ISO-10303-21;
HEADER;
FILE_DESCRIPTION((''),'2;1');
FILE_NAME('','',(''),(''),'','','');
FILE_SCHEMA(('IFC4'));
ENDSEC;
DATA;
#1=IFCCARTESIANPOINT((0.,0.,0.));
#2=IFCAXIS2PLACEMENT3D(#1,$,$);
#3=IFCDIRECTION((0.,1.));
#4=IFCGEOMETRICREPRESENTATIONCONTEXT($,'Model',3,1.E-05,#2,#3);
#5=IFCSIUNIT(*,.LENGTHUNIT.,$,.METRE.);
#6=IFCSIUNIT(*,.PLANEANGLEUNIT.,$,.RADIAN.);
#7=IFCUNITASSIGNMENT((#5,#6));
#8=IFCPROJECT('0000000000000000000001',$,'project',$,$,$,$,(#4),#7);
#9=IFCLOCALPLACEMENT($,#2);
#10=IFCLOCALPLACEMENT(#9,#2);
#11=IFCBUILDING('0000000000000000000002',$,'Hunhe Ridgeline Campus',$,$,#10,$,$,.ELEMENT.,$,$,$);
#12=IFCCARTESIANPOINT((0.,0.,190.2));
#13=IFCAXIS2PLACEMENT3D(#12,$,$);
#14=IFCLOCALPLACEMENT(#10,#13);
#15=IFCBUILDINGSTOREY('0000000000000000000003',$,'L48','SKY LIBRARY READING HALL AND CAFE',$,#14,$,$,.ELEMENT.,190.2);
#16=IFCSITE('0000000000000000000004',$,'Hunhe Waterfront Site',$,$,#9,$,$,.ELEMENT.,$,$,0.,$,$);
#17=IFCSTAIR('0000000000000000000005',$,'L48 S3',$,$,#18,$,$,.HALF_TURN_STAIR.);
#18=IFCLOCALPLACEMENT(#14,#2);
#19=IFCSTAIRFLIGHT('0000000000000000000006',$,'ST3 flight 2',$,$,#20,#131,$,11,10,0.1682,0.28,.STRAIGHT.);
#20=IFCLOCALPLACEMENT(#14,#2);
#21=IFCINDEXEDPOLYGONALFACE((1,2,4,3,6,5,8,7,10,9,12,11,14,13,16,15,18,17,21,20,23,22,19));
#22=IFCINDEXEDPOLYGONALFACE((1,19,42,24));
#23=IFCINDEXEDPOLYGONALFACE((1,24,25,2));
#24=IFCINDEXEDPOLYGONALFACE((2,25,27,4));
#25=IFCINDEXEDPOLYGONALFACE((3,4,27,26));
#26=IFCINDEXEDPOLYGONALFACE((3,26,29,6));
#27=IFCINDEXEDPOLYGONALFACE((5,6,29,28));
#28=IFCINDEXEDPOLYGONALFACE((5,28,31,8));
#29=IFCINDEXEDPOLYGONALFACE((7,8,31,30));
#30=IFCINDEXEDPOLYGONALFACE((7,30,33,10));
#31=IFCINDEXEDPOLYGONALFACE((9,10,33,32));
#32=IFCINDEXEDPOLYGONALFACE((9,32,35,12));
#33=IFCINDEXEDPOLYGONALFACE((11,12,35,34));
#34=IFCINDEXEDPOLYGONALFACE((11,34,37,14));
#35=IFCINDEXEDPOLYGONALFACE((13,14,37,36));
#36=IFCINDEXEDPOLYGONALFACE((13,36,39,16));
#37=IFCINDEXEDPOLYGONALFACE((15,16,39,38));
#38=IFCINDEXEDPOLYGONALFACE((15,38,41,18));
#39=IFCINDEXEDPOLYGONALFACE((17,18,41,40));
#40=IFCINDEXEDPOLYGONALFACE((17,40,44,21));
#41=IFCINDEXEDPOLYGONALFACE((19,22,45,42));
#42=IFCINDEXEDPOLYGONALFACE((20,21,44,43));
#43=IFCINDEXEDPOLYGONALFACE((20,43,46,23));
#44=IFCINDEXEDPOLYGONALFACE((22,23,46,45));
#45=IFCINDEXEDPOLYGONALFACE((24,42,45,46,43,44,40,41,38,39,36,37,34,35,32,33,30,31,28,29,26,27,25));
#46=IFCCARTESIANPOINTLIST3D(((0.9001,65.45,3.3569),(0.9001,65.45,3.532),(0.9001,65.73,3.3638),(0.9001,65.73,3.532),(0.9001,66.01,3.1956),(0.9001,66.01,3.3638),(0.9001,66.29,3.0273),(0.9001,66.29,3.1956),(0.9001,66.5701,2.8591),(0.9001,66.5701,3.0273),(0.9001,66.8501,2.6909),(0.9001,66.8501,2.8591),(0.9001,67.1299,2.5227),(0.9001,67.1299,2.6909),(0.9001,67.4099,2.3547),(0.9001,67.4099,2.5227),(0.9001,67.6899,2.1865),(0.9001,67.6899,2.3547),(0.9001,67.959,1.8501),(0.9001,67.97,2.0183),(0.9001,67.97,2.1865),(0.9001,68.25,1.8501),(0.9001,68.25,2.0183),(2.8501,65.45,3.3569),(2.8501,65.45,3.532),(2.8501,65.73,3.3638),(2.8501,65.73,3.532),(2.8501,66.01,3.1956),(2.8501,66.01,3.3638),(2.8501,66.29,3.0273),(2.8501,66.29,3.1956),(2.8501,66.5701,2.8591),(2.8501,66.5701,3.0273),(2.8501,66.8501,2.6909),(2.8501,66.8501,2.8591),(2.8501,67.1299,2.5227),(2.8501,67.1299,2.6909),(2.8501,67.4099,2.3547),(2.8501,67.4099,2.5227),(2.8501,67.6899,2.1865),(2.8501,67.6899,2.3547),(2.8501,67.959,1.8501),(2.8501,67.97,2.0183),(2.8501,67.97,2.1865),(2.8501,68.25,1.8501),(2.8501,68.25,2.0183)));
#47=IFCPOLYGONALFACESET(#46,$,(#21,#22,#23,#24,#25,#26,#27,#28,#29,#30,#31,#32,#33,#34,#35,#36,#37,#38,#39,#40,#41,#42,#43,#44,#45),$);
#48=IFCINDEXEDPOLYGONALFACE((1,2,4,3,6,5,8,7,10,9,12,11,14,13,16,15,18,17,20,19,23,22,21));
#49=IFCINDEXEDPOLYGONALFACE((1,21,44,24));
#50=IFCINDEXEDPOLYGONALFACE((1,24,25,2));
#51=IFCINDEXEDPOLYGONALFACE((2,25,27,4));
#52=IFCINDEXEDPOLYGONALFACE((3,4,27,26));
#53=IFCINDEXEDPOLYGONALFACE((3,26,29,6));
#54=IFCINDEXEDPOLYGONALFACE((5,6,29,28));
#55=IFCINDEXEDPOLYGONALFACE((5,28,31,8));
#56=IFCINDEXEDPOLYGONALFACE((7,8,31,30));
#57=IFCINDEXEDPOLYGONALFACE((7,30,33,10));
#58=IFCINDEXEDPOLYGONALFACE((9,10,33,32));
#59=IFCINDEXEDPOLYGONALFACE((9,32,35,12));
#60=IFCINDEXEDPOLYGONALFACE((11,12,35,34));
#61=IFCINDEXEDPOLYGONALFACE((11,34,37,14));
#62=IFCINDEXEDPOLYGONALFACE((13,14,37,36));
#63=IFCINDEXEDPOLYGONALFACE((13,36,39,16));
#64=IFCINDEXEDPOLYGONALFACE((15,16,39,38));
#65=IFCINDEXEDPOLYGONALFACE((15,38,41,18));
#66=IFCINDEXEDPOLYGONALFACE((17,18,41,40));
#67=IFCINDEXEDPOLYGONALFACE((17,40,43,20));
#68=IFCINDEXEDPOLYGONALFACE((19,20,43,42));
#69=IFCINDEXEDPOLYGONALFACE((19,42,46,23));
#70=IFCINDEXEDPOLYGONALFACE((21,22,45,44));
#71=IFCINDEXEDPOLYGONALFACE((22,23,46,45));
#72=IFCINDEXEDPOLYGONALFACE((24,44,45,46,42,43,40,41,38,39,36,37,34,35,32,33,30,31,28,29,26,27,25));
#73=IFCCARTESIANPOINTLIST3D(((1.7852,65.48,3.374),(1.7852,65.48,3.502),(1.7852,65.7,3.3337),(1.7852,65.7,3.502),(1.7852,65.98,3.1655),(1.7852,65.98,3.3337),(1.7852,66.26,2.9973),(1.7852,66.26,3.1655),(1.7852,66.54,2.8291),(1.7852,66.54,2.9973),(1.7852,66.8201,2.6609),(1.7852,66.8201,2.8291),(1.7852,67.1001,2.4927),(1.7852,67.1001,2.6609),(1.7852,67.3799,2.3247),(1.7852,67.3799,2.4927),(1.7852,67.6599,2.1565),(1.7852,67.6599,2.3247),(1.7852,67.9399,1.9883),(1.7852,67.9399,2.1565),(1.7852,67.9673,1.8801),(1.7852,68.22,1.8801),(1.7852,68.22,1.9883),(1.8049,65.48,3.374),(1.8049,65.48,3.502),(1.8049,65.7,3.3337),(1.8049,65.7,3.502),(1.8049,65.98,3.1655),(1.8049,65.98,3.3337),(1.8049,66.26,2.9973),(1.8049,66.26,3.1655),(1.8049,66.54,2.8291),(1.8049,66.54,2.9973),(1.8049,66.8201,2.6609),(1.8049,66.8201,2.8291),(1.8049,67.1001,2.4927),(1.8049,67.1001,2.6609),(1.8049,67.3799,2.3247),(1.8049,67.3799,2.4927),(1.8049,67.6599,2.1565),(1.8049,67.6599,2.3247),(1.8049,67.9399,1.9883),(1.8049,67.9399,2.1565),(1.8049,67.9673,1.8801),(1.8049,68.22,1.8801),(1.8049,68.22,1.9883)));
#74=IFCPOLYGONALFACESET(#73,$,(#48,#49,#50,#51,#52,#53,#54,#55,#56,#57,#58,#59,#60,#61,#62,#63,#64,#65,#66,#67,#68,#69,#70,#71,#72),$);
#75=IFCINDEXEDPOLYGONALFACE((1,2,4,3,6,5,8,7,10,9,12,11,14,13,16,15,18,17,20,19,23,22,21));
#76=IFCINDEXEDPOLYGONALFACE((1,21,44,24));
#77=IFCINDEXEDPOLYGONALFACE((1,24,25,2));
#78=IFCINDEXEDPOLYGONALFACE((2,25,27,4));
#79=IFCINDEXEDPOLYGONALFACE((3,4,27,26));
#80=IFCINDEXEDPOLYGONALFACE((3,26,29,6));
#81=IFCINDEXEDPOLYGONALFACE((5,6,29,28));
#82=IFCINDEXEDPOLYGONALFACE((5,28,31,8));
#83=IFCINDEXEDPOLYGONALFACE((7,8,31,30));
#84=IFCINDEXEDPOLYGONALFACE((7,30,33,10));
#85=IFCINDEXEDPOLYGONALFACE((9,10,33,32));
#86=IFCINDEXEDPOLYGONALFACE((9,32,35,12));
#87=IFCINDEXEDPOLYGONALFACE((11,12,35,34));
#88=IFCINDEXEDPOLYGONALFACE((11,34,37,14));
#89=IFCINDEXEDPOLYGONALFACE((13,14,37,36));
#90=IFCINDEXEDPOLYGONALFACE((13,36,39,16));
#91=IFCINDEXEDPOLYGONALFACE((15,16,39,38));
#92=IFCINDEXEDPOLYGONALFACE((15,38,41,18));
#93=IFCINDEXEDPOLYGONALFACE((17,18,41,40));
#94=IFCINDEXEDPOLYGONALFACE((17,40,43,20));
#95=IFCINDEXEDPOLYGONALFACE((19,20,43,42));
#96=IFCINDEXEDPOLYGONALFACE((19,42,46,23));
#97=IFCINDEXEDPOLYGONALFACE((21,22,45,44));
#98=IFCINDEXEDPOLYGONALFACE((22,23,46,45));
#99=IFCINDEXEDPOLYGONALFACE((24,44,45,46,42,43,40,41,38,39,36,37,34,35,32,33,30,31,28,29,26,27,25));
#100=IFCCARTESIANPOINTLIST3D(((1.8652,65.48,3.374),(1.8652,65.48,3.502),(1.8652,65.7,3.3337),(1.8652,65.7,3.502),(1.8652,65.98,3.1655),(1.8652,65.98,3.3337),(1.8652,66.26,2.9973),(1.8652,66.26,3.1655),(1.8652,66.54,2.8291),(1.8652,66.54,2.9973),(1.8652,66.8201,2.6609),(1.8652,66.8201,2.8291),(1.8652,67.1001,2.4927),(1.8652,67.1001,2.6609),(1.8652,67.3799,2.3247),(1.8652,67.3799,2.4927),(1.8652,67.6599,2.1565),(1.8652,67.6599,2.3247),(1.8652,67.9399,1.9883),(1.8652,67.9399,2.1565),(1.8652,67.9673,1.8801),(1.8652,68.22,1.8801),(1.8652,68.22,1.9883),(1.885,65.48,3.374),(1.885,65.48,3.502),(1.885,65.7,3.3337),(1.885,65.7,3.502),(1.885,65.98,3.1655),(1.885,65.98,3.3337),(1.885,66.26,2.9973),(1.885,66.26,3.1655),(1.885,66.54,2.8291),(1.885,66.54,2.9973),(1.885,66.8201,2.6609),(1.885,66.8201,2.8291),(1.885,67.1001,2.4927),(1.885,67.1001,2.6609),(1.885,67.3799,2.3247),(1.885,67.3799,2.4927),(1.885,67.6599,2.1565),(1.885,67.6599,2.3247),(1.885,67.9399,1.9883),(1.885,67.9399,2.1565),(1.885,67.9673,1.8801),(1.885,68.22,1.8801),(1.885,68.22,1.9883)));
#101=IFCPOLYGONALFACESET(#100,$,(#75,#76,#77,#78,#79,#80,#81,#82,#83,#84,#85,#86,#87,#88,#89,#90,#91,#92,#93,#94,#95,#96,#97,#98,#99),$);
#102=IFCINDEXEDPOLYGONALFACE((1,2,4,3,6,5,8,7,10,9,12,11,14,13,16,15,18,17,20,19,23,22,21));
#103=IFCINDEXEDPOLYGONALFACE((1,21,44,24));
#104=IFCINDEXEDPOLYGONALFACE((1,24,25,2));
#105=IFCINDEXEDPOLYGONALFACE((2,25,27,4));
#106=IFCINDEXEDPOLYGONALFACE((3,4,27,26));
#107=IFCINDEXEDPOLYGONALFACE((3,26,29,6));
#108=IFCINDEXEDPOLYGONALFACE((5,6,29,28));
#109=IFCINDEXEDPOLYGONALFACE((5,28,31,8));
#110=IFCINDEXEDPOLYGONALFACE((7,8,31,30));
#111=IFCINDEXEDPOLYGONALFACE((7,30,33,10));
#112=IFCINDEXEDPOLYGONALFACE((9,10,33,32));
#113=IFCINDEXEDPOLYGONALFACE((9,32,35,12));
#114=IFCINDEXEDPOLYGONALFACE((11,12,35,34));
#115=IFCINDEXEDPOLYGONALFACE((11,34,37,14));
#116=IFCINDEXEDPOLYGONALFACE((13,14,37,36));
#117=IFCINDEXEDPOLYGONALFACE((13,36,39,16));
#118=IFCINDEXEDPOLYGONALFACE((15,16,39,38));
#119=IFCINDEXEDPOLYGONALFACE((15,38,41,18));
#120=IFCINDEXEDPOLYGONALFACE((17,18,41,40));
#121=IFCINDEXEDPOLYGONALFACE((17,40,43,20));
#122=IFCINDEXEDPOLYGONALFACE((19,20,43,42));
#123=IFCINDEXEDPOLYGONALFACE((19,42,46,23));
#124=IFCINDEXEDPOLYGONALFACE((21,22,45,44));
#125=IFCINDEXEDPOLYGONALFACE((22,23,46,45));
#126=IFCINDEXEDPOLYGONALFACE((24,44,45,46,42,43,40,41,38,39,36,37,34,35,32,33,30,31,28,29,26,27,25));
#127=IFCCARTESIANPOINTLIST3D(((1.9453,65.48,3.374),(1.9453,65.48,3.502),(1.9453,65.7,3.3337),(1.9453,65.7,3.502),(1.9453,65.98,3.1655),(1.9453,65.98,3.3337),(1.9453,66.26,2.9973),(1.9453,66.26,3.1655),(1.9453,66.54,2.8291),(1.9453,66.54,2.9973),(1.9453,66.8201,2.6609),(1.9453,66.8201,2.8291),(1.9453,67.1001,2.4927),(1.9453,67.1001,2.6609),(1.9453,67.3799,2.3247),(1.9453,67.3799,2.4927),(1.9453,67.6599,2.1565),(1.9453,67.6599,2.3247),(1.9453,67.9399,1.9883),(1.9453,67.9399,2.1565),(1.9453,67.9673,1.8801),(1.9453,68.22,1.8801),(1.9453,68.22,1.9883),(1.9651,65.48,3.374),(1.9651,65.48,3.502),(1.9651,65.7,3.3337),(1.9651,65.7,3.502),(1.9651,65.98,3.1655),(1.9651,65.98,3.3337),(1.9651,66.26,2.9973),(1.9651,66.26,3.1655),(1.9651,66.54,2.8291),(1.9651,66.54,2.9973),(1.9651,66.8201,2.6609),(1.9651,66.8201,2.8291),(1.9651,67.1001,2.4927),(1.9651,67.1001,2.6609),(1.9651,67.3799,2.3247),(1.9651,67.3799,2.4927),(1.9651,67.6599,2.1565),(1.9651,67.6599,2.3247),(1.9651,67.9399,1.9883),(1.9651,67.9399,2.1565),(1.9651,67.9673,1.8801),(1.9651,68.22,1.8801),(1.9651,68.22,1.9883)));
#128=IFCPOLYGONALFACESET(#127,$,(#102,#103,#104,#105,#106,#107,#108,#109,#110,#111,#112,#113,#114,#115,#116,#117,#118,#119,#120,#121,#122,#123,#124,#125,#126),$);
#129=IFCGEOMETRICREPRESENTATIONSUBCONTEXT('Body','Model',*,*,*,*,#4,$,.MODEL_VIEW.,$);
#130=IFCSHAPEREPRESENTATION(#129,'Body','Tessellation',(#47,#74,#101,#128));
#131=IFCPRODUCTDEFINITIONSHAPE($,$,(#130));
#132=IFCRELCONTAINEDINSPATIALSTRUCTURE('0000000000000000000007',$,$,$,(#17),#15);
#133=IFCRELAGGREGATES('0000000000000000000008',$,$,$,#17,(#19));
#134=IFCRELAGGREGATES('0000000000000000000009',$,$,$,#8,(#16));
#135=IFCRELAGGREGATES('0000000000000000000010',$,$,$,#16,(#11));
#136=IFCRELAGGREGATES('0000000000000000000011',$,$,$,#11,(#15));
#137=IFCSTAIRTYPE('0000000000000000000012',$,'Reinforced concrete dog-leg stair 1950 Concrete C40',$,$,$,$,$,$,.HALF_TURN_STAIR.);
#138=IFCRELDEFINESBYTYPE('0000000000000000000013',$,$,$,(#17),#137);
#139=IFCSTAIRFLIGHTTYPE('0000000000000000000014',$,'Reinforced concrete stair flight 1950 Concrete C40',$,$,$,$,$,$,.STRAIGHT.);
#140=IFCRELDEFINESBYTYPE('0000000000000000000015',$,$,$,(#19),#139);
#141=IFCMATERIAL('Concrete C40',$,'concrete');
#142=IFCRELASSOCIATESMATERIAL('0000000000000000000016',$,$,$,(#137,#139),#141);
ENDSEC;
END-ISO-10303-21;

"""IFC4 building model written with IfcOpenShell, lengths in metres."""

from ifc_helpers import new_model, si_unit, direction, frame, origin, place, context, subcontext, project, spatial, polyline, outline, extrude, material, type_object, element, aggregate, save


model = new_model("IFC4")

# Units and contexts
model_context = context("Model", 3, precision=1e-05, world=origin(), true_north=direction((0.0, 1.0)))
body_context = subcontext(model_context, "Body", "Model", "MODEL_VIEW")
ifc_project = project(units=[si_unit("LENGTHUNIT", "METRE"), si_unit("PLANEANGLEUNIT", "RADIAN")], contexts=[model_context])

# Site, building, storey
site_placement = place(None, origin())
site = spatial("IfcSite", under=ifc_project, at=site_placement, Name="Hunhe Waterfront Site", CompositionType="ELEMENT", RefElevation=0.0)
building_placement = place(site_placement, origin())
building = spatial("IfcBuilding", under=site, at=building_placement, Name="Hunhe Ridgeline Campus", CompositionType="ELEMENT")
storey_placement = place(building_placement, frame((0.0, 0.0, 190.2)))
storey = spatial("IfcBuildingStorey", under=building, at=storey_placement, Name="L48", Description="SKY LIBRARY READING HALL AND CAFE", CompositionType="ELEMENT", Elevation=190.2)

# Stair, stair flight
ifc_material_1 = material(Name="Concrete C40", Category="concrete")
stair_type = type_object("IfcStairType", Name="Reinforced concrete dog-leg stair 1950 Concrete C40", PredefinedType="HALF_TURN_STAIR", material=ifc_material_1)
stair_1_placement = place(storey_placement, origin())
stair_1 = element("IfcStair", 1, at=stair_1_placement, inside=storey, type_object=stair_type, Name="L48 S3", PredefinedType="HALF_TURN_STAIR")
stair_flight_type = type_object("IfcStairFlightType", Name="Reinforced concrete stair flight 1950 Concrete C40", PredefinedType="STRAIGHT", material=ifc_material_1)
stair_flight_1_placement = place(storey_placement, frame((1.875, 68.25, 1.8501), z_axis=(0.0, 0.0, 1.0), x_axis=(0.0, -1.0, 0.0)))
stair_flight_1 = element("IfcStairFlight", 2, at=stair_flight_1_placement, type_object=stair_flight_type, Name="ST3 flight 2", NumberOfRisers=11, NumberOfTreads=10, PredefinedType="STRAIGHT", RiserHeight=0.1682, TreadLength=0.28, context=body_context, shape_type="SweptSolid", body=[
    extrude(outline(polyline([(0.0, 0.0), (0.0, 0.1682), (0.28, 0.1682), (0.28, 0.3364), (0.5601, 0.3364), (0.5601, 0.5046), (0.8401, 0.5046), (0.8401, 0.6726), (1.1201, 0.6726), (1.1201, 0.8408), (1.3999, 0.8408), (1.3999, 1.009), (1.6799, 1.009), (1.6799, 1.1772), (1.96, 1.1772), (1.96, 1.3455), (2.24, 1.3455), (2.24, 1.5137), (2.52, 1.5137), (2.52, 1.6819), (2.8, 1.6819), (2.8, 1.8501), (2.8, 1.5068), (0.291, 0.0), (0.0, 0.0)])), frame((0.0, 0.9751, 0.0), z_axis=(0.0, -1.0, 0.0), x_axis=(1.0, 0.0, 0.0)), (0.0, 0.0, 1.0), 1.95),
    extrude(outline(polyline([(0.03, 0.03), (0.03, 0.1382), (0.3101, 0.1382), (0.3101, 0.3064), (0.5901, 0.3064), (0.5901, 0.4746), (0.8701, 0.4746), (0.8701, 0.6426), (1.1499, 0.6426), (1.1499, 0.8108), (1.4299, 0.8108), (1.4299, 0.979), (1.71, 0.979), (1.71, 1.1472), (1.99, 1.1472), (1.99, 1.3154), (2.27, 1.3154), (2.27, 1.4836), (2.55, 1.4836), (2.55, 1.6519), (2.77, 1.6519), (2.77, 1.5239), (0.2827, 0.03), (0.03, 0.03)])), frame((0.0, -0.0701, 0.0), z_axis=(0.0, -1.0, 0.0), x_axis=(1.0, 0.0, 0.0)), (0.0, 0.0, 1.0), 0.0198),
    extrude(outline(polyline([(0.03, 0.03), (0.03, 0.1382), (0.3101, 0.1382), (0.3101, 0.3064), (0.5901, 0.3064), (0.5901, 0.4746), (0.8701, 0.4746), (0.8701, 0.6426), (1.1499, 0.6426), (1.1499, 0.8108), (1.4299, 0.8108), (1.4299, 0.979), (1.71, 0.979), (1.71, 1.1472), (1.99, 1.1472), (1.99, 1.3154), (2.27, 1.3154), (2.27, 1.4836), (2.55, 1.4836), (2.55, 1.6519), (2.77, 1.6519), (2.77, 1.5239), (0.2827, 0.03), (0.03, 0.03)])), frame((0.0, 0.01, 0.0), z_axis=(0.0, -1.0, 0.0), x_axis=(1.0, 0.0, 0.0)), (0.0, 0.0, 1.0), 0.0198),
    extrude(outline(polyline([(0.03, 0.03), (0.03, 0.1382), (0.3101, 0.1382), (0.3101, 0.3064), (0.5901, 0.3064), (0.5901, 0.4746), (0.8701, 0.4746), (0.8701, 0.6426), (1.1499, 0.6426), (1.1499, 0.8108), (1.4299, 0.8108), (1.4299, 0.979), (1.71, 0.979), (1.71, 1.1472), (1.99, 1.1472), (1.99, 1.3154), (2.27, 1.3154), (2.27, 1.4836), (2.55, 1.4836), (2.55, 1.6519), (2.77, 1.6519), (2.77, 1.5239), (0.2827, 0.03), (0.03, 0.03)])), frame((0.0, 0.0901, 0.0), z_axis=(0.0, -1.0, 0.0), x_axis=(1.0, 0.0, 0.0)), (0.0, 0.0, 1.0), 0.0198),
])
aggregate(stair_1, [stair_flight_1])

save(model, "model.ifc")
